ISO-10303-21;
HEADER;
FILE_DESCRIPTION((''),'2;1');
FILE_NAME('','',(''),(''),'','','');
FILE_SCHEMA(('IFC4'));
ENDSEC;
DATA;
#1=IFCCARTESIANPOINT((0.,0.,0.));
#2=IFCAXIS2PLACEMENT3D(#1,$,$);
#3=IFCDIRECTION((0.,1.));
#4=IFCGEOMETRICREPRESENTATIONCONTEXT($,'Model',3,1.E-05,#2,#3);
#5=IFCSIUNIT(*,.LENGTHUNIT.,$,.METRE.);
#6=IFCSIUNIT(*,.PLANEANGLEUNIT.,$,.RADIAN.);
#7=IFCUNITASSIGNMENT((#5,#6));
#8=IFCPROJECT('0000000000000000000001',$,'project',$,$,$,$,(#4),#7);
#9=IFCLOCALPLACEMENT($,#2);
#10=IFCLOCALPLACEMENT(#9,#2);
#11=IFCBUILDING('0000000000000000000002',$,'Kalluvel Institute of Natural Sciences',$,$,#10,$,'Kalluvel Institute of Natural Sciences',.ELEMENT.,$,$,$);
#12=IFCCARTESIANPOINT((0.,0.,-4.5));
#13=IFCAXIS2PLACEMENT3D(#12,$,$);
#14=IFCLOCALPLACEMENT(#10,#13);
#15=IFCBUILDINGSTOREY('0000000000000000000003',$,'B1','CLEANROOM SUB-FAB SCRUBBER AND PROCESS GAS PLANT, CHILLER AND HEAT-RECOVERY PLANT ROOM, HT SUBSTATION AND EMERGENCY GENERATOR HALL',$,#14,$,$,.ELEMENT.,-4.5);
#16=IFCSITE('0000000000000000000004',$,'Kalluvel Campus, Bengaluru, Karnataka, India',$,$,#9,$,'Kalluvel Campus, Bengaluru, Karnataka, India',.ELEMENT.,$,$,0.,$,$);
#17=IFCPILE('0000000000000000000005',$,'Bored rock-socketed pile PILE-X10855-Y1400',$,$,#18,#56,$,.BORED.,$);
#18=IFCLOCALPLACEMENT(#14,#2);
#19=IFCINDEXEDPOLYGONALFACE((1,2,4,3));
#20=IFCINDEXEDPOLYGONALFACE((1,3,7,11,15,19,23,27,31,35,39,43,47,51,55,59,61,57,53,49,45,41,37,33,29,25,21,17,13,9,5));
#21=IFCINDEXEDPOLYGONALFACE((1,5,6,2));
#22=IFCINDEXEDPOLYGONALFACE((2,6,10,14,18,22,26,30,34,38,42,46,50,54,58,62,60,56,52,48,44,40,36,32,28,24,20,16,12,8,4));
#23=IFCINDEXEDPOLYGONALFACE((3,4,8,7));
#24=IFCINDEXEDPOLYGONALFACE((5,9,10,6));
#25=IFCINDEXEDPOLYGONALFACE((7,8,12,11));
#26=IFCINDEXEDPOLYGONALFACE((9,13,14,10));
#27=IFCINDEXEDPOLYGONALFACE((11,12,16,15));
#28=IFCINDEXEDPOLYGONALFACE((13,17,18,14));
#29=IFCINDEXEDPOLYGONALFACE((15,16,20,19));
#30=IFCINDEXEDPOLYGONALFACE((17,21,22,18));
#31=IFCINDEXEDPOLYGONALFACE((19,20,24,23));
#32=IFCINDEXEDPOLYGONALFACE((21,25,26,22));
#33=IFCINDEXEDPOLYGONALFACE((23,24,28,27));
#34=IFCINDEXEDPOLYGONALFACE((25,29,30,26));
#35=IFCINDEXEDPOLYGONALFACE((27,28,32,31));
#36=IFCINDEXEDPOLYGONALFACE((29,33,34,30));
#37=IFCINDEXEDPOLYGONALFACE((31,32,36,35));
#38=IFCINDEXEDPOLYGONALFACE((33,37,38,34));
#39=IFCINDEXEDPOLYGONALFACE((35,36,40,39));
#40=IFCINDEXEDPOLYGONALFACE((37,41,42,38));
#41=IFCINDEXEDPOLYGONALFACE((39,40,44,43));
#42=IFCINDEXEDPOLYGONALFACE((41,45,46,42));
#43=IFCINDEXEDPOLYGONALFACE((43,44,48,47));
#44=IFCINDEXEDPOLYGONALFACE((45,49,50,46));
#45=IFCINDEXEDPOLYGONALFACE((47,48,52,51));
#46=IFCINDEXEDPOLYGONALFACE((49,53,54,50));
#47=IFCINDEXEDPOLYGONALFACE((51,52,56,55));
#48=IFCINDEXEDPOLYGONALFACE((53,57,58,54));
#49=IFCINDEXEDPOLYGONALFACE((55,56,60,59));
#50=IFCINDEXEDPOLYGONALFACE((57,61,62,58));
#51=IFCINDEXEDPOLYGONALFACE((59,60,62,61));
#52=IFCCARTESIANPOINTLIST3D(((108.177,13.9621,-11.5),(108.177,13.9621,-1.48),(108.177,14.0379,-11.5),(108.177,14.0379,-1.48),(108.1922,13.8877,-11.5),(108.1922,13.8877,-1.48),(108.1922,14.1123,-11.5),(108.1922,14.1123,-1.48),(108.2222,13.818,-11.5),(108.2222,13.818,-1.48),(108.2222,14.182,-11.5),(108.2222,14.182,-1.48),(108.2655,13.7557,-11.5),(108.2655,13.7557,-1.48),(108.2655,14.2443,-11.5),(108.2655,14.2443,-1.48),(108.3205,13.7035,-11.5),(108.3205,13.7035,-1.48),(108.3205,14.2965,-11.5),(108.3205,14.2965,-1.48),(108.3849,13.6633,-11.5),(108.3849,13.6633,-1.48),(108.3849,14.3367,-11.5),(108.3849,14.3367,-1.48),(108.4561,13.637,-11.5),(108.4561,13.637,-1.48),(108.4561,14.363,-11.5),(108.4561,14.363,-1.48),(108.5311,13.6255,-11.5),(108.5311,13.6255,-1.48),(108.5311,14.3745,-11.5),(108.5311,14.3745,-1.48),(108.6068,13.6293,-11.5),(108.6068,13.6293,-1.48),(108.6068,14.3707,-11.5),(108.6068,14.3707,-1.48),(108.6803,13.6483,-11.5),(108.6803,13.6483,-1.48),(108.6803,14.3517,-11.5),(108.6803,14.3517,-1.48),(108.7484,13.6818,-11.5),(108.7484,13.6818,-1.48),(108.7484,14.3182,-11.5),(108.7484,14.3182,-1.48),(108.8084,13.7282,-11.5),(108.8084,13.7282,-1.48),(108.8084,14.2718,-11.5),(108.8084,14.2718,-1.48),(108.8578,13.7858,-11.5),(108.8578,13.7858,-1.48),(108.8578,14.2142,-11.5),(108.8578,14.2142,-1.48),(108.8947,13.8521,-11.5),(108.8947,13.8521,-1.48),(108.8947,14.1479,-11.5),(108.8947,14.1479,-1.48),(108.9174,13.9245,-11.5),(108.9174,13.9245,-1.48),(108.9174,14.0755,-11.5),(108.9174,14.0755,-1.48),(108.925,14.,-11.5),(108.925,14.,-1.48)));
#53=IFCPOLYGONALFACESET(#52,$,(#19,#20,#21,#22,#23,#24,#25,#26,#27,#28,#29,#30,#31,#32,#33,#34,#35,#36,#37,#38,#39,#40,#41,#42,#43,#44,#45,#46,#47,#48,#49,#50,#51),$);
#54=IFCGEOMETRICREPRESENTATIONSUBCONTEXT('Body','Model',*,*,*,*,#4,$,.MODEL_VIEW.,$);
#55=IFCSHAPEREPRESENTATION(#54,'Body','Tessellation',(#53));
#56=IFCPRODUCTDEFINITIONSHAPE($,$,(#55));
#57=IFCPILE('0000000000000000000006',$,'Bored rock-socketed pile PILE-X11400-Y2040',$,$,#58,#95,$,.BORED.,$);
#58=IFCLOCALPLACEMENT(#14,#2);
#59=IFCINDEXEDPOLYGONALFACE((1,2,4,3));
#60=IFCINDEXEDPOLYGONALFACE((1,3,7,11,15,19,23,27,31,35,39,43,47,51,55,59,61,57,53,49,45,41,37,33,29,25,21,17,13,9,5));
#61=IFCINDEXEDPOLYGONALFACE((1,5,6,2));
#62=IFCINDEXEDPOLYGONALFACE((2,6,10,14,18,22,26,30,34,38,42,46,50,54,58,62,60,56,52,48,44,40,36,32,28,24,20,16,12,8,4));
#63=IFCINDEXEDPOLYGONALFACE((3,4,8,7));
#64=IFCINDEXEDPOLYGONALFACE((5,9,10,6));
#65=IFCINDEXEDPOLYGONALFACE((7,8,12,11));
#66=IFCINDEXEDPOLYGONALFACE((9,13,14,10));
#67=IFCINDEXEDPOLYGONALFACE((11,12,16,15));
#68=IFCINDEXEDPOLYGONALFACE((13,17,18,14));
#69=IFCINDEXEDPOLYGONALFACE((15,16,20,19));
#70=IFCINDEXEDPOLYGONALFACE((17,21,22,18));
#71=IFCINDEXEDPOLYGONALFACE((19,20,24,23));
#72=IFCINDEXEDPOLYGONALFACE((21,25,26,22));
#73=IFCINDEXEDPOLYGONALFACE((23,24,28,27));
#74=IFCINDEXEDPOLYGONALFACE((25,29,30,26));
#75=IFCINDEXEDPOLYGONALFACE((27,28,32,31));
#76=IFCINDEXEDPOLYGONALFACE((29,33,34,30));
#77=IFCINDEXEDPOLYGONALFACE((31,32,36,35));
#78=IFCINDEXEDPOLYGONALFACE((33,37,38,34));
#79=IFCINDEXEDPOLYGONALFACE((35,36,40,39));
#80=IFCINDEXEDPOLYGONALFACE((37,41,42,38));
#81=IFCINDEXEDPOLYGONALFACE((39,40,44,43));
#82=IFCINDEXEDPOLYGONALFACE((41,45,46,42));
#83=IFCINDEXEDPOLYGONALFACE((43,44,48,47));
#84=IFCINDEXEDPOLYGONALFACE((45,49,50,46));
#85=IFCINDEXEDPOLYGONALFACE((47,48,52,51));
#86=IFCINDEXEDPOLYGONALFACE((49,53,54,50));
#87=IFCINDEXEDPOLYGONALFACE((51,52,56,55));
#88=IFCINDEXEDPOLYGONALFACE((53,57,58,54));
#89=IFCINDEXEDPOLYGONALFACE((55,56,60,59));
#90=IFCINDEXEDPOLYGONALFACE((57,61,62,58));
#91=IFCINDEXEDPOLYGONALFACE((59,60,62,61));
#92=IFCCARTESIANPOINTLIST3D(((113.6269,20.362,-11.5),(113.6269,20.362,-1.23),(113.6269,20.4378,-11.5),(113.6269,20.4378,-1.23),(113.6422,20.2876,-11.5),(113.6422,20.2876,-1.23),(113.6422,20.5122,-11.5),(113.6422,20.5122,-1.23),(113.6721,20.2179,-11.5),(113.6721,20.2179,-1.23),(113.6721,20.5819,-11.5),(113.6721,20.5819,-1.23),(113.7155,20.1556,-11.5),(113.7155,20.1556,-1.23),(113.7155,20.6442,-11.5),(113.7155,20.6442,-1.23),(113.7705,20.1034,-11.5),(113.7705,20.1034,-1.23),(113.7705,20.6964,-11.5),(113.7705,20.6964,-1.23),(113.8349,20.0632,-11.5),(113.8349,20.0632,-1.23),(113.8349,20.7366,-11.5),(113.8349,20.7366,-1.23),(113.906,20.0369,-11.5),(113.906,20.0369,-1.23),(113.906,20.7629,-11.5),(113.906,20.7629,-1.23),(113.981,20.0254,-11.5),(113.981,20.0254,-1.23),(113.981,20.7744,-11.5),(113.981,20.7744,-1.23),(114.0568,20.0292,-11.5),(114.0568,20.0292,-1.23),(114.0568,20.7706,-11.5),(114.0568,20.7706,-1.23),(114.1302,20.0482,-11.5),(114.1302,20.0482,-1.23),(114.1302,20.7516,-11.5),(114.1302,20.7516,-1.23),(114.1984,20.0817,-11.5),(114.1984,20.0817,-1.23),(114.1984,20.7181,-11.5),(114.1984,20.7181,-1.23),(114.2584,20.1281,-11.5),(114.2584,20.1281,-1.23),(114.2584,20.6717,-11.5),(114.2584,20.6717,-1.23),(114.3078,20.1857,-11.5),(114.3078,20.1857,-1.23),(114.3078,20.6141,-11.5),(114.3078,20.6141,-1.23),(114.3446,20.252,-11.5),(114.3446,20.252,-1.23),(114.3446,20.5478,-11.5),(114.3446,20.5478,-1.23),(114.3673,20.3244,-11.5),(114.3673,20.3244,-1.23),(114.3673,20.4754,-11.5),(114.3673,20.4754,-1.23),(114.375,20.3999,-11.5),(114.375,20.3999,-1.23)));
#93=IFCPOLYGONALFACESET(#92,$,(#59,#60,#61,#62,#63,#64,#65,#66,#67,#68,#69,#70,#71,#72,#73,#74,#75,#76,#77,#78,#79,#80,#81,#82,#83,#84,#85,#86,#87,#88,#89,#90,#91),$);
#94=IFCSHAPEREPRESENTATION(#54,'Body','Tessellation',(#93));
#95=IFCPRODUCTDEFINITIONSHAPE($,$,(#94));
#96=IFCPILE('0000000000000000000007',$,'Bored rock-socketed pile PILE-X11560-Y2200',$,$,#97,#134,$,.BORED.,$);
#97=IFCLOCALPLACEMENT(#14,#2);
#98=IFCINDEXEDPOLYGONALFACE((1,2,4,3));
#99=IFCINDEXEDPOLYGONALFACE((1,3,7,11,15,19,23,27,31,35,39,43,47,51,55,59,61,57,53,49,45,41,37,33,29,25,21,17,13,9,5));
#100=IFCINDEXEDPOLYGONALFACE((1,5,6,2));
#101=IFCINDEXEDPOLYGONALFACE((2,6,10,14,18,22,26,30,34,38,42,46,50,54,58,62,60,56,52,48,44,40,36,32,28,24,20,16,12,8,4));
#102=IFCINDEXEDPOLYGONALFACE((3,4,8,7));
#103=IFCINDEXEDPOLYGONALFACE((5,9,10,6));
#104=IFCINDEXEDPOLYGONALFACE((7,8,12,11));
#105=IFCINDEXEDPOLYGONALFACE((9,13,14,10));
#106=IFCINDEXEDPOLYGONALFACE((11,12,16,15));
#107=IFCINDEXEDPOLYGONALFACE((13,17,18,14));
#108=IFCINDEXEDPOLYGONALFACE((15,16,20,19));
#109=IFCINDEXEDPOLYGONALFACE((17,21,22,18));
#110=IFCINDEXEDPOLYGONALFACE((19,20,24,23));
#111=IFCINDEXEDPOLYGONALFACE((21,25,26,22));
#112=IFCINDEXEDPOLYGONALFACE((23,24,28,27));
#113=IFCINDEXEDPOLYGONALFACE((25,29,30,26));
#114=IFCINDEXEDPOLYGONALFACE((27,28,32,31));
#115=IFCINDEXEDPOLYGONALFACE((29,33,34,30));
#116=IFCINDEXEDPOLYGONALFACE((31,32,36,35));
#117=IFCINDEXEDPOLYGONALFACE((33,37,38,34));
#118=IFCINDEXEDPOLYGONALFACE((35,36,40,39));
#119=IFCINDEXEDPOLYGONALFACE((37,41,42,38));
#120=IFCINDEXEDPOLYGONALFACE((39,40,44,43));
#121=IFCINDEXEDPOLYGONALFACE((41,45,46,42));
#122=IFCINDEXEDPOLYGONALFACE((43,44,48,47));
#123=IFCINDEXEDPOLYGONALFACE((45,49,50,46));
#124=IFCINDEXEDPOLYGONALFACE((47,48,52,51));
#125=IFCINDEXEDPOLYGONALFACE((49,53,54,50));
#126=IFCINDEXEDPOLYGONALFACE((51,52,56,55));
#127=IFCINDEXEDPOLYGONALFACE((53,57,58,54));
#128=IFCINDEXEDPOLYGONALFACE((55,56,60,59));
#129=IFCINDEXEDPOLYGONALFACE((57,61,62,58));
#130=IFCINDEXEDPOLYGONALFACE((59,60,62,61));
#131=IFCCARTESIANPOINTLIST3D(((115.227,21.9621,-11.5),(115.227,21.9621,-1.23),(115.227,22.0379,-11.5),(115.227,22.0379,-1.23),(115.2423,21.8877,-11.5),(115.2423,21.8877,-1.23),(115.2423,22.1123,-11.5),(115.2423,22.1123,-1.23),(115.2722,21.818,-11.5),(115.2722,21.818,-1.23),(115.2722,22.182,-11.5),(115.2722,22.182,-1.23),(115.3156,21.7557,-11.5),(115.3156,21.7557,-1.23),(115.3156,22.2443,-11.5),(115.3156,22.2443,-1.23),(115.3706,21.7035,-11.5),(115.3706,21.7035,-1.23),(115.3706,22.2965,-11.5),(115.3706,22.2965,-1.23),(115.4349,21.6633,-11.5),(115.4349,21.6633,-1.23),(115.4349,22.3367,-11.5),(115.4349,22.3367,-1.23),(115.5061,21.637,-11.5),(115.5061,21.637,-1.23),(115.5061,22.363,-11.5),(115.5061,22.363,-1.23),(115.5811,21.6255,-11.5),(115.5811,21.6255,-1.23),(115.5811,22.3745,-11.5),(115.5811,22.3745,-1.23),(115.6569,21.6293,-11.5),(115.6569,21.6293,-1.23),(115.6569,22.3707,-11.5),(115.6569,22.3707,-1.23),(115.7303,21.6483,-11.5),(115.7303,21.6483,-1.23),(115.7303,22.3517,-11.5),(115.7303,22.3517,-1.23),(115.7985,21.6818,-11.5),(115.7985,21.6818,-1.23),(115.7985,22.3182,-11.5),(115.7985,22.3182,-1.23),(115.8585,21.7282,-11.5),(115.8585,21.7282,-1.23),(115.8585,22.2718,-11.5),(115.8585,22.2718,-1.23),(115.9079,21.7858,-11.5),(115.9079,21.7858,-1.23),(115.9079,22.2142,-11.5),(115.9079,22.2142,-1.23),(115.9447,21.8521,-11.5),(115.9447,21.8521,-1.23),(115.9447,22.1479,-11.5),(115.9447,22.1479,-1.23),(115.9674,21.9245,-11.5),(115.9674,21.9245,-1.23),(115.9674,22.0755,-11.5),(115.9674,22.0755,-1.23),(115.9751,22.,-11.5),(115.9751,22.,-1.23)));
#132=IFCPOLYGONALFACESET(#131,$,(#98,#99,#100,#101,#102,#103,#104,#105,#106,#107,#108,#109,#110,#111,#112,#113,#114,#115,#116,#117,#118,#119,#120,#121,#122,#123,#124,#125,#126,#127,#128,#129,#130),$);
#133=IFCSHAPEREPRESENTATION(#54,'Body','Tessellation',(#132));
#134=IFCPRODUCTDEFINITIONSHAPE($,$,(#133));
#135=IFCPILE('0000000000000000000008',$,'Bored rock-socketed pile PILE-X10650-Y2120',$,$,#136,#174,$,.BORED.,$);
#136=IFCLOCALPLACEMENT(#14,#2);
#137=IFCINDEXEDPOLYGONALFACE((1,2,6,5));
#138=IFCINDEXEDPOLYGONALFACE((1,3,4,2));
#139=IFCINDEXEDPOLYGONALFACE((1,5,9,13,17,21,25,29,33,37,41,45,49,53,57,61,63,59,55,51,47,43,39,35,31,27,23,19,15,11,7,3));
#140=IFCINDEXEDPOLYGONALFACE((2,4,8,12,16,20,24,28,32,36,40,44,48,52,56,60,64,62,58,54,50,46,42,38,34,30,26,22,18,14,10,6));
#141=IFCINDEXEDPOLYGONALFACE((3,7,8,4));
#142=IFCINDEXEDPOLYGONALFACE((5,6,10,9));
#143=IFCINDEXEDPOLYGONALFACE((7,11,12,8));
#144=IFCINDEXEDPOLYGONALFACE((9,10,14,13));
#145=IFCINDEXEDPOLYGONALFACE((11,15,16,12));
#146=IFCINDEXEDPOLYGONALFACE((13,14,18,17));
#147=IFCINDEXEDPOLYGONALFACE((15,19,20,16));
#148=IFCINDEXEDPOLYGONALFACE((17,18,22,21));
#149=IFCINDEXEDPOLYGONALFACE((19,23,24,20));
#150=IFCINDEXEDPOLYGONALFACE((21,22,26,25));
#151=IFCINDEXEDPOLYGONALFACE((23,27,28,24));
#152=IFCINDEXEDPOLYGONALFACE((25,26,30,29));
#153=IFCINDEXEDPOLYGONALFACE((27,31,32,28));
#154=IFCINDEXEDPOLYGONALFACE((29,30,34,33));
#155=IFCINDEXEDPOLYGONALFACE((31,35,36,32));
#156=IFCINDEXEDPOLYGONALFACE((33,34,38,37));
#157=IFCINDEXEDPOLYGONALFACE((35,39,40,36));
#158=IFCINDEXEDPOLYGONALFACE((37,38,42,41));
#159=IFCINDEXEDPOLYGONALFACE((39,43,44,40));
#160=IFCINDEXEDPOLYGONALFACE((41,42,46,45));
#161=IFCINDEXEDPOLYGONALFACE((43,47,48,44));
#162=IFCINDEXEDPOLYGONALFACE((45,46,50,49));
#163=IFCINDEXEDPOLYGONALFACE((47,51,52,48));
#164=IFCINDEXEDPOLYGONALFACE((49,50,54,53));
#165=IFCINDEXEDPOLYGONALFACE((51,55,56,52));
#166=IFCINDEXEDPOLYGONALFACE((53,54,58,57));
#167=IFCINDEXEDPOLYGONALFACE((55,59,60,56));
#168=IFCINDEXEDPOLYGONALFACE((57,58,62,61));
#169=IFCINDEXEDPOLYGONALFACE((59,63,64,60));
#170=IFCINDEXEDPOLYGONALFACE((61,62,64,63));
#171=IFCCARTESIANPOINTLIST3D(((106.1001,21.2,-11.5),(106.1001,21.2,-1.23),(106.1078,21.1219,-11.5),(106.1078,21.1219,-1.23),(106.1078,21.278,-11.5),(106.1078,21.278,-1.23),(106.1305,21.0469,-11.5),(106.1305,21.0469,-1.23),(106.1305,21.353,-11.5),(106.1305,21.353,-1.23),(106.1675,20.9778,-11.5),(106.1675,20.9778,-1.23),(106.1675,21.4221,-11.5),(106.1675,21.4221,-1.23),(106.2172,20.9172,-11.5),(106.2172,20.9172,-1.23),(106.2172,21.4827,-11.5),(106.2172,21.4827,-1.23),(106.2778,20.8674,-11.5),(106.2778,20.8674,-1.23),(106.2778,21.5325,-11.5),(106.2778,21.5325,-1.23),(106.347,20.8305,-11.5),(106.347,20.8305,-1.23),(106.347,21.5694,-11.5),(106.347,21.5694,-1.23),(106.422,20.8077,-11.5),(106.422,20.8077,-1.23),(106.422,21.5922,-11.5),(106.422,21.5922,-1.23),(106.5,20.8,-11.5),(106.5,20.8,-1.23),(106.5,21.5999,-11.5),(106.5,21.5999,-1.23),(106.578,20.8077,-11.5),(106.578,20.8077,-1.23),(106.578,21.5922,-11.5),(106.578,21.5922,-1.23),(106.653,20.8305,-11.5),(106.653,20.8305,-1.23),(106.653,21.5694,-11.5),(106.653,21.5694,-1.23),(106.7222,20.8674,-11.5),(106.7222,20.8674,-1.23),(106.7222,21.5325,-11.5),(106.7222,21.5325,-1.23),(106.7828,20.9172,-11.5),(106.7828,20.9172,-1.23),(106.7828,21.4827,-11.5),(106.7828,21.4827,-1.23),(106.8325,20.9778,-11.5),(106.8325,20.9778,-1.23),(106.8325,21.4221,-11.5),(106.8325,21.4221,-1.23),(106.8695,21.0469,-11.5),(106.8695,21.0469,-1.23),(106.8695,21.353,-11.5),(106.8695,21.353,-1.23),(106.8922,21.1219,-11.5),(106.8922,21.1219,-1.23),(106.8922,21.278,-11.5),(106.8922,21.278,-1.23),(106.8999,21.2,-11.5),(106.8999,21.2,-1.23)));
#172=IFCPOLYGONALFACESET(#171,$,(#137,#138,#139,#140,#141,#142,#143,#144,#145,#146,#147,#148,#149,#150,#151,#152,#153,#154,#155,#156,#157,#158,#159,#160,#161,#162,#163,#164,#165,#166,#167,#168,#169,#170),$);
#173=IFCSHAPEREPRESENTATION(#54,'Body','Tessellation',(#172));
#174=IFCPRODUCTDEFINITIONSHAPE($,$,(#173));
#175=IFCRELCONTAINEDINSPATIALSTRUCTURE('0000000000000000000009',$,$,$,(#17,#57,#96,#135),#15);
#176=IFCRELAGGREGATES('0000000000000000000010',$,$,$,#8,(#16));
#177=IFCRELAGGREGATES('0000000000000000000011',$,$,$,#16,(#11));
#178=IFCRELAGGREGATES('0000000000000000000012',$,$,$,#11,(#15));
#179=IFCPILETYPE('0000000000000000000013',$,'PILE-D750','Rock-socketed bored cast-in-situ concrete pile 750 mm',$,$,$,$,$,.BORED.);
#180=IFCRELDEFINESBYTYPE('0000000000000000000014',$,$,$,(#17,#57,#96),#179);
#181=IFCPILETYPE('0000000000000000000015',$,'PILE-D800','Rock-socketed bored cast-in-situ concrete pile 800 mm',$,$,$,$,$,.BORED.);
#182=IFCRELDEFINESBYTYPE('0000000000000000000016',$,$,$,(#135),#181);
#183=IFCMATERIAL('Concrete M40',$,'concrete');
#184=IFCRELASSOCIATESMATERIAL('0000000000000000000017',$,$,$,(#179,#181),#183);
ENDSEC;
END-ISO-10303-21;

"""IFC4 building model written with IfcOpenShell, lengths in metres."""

from ifc_helpers import new_model, si_unit, direction, frame, origin, origin_2d, place, context, subcontext, project, spatial, circle, extrude, material, material_profile, profile_set, type_object, element, save


model = new_model("IFC4")

# Units and contexts
model_context = context("Model", 3, precision=1e-05, world=origin(), true_north=direction((0.0, 1.0)))
body_context = subcontext(model_context, "Body", "Model", "MODEL_VIEW")
ifc_project = project(units=[si_unit("LENGTHUNIT", "METRE"), si_unit("PLANEANGLEUNIT", "RADIAN")], contexts=[model_context])

# Site, building, storey
site_placement = place(None, origin())
site = spatial("IfcSite", under=ifc_project, at=site_placement, Name="Kalluvel Campus, Bengaluru, Karnataka, India", LongName="Kalluvel Campus, Bengaluru, Karnataka, India", CompositionType="ELEMENT", RefElevation=0.0)
building_placement = place(site_placement, origin())
building = spatial("IfcBuilding", under=site, at=building_placement, Name="Kalluvel Institute of Natural Sciences", LongName="Kalluvel Institute of Natural Sciences", CompositionType="ELEMENT")
storey_placement = place(building_placement, frame((0.0, 0.0, -4.5)))
storey = spatial("IfcBuildingStorey", under=building, at=storey_placement, Name="B1", Description="CLEANROOM SUB-FAB SCRUBBER AND PROCESS GAS PLANT, CHILLER AND HEAT-RECOVERY PLANT ROOM, HT SUBSTATION AND EMERGENCY GENERATOR HALL", CompositionType="ELEMENT", Elevation=-4.5)

# Shared definitions
ifc_material_1 = material(Name="Concrete M40", Category="concrete")

# Piles
ifc_material_profile_1 = material_profile(ifc_material_1, circle(Radius=0.375, at=origin_2d()), Name="PILE D750")
ifc_profile_set_1 = profile_set([ifc_material_profile_1], Name="Concrete M40")
pile_type_1 = type_object("IfcPileType", Name="PILE-D750", Description="Rock-socketed bored cast-in-situ concrete pile 750 mm", PredefinedType="BORED", material=ifc_profile_set_1)
for number, where, z_axis, x_axis, name in (
    (1, (108.55, 14.0, -1.48), (0.0, 0.0, -1.0), (1.0, 0.0, 0.0), "Bored rock-socketed pile PILE-X10855-Y1400"),
):
    element("IfcPile", number, at=place(storey_placement, frame(where, z_axis=z_axis, x_axis=x_axis)), inside=storey, type_object=pile_type_1, Name=name, PredefinedType="BORED", context=body_context, shape_type="SweptSolid", body=[
        extrude(circle(Radius=0.375, at=origin_2d()), origin(), (0.0, 0.0, 1.0), 10.02),
    ])
for number, where, z_axis, x_axis, name in (
    (2, (114.0, 20.3999, -1.23), (0.0, 0.0, -1.0), (1.0, 0.0, 0.0), "Bored rock-socketed pile PILE-X11400-Y2040"),
    (3, (115.6001, 22.0, -1.23), (0.0, 0.0, -1.0), (1.0, 0.0, 0.0), "Bored rock-socketed pile PILE-X11560-Y2200"),
):
    element("IfcPile", number, at=place(storey_placement, frame(where, z_axis=z_axis, x_axis=x_axis)), inside=storey, type_object=pile_type_1, Name=name, PredefinedType="BORED", context=body_context, shape_type="SweptSolid", body=[
        extrude(circle(Radius=0.375, at=origin_2d()), origin(), (0.0, 0.0, 1.0), 10.27),
    ])
ifc_material_profile_2 = material_profile(ifc_material_1, circle(Radius=0.3999, at=origin_2d()), Name="PILE D800")
ifc_profile_set_2 = profile_set([ifc_material_profile_2], Name="Concrete M40")
pile_type_2 = type_object("IfcPileType", Name="PILE-D800", Description="Rock-socketed bored cast-in-situ concrete pile 800 mm", PredefinedType="BORED", material=ifc_profile_set_2)
for number, where, z_axis, x_axis, name in (
    (4, (106.5, 21.2, -1.23), (0.0, 0.0, -1.0), (1.0, 0.0, 0.0), "Bored rock-socketed pile PILE-X10650-Y2120"),
):
    element("IfcPile", number, at=place(storey_placement, frame(where, z_axis=z_axis, x_axis=x_axis)), inside=storey, type_object=pile_type_2, Name=name, PredefinedType="BORED", context=body_context, shape_type="SweptSolid", body=[
        extrude(circle(Radius=0.3999, at=origin_2d()), origin(), (0.0, 0.0, 1.0), 10.27),
    ])

save(model, "model.ifc")
